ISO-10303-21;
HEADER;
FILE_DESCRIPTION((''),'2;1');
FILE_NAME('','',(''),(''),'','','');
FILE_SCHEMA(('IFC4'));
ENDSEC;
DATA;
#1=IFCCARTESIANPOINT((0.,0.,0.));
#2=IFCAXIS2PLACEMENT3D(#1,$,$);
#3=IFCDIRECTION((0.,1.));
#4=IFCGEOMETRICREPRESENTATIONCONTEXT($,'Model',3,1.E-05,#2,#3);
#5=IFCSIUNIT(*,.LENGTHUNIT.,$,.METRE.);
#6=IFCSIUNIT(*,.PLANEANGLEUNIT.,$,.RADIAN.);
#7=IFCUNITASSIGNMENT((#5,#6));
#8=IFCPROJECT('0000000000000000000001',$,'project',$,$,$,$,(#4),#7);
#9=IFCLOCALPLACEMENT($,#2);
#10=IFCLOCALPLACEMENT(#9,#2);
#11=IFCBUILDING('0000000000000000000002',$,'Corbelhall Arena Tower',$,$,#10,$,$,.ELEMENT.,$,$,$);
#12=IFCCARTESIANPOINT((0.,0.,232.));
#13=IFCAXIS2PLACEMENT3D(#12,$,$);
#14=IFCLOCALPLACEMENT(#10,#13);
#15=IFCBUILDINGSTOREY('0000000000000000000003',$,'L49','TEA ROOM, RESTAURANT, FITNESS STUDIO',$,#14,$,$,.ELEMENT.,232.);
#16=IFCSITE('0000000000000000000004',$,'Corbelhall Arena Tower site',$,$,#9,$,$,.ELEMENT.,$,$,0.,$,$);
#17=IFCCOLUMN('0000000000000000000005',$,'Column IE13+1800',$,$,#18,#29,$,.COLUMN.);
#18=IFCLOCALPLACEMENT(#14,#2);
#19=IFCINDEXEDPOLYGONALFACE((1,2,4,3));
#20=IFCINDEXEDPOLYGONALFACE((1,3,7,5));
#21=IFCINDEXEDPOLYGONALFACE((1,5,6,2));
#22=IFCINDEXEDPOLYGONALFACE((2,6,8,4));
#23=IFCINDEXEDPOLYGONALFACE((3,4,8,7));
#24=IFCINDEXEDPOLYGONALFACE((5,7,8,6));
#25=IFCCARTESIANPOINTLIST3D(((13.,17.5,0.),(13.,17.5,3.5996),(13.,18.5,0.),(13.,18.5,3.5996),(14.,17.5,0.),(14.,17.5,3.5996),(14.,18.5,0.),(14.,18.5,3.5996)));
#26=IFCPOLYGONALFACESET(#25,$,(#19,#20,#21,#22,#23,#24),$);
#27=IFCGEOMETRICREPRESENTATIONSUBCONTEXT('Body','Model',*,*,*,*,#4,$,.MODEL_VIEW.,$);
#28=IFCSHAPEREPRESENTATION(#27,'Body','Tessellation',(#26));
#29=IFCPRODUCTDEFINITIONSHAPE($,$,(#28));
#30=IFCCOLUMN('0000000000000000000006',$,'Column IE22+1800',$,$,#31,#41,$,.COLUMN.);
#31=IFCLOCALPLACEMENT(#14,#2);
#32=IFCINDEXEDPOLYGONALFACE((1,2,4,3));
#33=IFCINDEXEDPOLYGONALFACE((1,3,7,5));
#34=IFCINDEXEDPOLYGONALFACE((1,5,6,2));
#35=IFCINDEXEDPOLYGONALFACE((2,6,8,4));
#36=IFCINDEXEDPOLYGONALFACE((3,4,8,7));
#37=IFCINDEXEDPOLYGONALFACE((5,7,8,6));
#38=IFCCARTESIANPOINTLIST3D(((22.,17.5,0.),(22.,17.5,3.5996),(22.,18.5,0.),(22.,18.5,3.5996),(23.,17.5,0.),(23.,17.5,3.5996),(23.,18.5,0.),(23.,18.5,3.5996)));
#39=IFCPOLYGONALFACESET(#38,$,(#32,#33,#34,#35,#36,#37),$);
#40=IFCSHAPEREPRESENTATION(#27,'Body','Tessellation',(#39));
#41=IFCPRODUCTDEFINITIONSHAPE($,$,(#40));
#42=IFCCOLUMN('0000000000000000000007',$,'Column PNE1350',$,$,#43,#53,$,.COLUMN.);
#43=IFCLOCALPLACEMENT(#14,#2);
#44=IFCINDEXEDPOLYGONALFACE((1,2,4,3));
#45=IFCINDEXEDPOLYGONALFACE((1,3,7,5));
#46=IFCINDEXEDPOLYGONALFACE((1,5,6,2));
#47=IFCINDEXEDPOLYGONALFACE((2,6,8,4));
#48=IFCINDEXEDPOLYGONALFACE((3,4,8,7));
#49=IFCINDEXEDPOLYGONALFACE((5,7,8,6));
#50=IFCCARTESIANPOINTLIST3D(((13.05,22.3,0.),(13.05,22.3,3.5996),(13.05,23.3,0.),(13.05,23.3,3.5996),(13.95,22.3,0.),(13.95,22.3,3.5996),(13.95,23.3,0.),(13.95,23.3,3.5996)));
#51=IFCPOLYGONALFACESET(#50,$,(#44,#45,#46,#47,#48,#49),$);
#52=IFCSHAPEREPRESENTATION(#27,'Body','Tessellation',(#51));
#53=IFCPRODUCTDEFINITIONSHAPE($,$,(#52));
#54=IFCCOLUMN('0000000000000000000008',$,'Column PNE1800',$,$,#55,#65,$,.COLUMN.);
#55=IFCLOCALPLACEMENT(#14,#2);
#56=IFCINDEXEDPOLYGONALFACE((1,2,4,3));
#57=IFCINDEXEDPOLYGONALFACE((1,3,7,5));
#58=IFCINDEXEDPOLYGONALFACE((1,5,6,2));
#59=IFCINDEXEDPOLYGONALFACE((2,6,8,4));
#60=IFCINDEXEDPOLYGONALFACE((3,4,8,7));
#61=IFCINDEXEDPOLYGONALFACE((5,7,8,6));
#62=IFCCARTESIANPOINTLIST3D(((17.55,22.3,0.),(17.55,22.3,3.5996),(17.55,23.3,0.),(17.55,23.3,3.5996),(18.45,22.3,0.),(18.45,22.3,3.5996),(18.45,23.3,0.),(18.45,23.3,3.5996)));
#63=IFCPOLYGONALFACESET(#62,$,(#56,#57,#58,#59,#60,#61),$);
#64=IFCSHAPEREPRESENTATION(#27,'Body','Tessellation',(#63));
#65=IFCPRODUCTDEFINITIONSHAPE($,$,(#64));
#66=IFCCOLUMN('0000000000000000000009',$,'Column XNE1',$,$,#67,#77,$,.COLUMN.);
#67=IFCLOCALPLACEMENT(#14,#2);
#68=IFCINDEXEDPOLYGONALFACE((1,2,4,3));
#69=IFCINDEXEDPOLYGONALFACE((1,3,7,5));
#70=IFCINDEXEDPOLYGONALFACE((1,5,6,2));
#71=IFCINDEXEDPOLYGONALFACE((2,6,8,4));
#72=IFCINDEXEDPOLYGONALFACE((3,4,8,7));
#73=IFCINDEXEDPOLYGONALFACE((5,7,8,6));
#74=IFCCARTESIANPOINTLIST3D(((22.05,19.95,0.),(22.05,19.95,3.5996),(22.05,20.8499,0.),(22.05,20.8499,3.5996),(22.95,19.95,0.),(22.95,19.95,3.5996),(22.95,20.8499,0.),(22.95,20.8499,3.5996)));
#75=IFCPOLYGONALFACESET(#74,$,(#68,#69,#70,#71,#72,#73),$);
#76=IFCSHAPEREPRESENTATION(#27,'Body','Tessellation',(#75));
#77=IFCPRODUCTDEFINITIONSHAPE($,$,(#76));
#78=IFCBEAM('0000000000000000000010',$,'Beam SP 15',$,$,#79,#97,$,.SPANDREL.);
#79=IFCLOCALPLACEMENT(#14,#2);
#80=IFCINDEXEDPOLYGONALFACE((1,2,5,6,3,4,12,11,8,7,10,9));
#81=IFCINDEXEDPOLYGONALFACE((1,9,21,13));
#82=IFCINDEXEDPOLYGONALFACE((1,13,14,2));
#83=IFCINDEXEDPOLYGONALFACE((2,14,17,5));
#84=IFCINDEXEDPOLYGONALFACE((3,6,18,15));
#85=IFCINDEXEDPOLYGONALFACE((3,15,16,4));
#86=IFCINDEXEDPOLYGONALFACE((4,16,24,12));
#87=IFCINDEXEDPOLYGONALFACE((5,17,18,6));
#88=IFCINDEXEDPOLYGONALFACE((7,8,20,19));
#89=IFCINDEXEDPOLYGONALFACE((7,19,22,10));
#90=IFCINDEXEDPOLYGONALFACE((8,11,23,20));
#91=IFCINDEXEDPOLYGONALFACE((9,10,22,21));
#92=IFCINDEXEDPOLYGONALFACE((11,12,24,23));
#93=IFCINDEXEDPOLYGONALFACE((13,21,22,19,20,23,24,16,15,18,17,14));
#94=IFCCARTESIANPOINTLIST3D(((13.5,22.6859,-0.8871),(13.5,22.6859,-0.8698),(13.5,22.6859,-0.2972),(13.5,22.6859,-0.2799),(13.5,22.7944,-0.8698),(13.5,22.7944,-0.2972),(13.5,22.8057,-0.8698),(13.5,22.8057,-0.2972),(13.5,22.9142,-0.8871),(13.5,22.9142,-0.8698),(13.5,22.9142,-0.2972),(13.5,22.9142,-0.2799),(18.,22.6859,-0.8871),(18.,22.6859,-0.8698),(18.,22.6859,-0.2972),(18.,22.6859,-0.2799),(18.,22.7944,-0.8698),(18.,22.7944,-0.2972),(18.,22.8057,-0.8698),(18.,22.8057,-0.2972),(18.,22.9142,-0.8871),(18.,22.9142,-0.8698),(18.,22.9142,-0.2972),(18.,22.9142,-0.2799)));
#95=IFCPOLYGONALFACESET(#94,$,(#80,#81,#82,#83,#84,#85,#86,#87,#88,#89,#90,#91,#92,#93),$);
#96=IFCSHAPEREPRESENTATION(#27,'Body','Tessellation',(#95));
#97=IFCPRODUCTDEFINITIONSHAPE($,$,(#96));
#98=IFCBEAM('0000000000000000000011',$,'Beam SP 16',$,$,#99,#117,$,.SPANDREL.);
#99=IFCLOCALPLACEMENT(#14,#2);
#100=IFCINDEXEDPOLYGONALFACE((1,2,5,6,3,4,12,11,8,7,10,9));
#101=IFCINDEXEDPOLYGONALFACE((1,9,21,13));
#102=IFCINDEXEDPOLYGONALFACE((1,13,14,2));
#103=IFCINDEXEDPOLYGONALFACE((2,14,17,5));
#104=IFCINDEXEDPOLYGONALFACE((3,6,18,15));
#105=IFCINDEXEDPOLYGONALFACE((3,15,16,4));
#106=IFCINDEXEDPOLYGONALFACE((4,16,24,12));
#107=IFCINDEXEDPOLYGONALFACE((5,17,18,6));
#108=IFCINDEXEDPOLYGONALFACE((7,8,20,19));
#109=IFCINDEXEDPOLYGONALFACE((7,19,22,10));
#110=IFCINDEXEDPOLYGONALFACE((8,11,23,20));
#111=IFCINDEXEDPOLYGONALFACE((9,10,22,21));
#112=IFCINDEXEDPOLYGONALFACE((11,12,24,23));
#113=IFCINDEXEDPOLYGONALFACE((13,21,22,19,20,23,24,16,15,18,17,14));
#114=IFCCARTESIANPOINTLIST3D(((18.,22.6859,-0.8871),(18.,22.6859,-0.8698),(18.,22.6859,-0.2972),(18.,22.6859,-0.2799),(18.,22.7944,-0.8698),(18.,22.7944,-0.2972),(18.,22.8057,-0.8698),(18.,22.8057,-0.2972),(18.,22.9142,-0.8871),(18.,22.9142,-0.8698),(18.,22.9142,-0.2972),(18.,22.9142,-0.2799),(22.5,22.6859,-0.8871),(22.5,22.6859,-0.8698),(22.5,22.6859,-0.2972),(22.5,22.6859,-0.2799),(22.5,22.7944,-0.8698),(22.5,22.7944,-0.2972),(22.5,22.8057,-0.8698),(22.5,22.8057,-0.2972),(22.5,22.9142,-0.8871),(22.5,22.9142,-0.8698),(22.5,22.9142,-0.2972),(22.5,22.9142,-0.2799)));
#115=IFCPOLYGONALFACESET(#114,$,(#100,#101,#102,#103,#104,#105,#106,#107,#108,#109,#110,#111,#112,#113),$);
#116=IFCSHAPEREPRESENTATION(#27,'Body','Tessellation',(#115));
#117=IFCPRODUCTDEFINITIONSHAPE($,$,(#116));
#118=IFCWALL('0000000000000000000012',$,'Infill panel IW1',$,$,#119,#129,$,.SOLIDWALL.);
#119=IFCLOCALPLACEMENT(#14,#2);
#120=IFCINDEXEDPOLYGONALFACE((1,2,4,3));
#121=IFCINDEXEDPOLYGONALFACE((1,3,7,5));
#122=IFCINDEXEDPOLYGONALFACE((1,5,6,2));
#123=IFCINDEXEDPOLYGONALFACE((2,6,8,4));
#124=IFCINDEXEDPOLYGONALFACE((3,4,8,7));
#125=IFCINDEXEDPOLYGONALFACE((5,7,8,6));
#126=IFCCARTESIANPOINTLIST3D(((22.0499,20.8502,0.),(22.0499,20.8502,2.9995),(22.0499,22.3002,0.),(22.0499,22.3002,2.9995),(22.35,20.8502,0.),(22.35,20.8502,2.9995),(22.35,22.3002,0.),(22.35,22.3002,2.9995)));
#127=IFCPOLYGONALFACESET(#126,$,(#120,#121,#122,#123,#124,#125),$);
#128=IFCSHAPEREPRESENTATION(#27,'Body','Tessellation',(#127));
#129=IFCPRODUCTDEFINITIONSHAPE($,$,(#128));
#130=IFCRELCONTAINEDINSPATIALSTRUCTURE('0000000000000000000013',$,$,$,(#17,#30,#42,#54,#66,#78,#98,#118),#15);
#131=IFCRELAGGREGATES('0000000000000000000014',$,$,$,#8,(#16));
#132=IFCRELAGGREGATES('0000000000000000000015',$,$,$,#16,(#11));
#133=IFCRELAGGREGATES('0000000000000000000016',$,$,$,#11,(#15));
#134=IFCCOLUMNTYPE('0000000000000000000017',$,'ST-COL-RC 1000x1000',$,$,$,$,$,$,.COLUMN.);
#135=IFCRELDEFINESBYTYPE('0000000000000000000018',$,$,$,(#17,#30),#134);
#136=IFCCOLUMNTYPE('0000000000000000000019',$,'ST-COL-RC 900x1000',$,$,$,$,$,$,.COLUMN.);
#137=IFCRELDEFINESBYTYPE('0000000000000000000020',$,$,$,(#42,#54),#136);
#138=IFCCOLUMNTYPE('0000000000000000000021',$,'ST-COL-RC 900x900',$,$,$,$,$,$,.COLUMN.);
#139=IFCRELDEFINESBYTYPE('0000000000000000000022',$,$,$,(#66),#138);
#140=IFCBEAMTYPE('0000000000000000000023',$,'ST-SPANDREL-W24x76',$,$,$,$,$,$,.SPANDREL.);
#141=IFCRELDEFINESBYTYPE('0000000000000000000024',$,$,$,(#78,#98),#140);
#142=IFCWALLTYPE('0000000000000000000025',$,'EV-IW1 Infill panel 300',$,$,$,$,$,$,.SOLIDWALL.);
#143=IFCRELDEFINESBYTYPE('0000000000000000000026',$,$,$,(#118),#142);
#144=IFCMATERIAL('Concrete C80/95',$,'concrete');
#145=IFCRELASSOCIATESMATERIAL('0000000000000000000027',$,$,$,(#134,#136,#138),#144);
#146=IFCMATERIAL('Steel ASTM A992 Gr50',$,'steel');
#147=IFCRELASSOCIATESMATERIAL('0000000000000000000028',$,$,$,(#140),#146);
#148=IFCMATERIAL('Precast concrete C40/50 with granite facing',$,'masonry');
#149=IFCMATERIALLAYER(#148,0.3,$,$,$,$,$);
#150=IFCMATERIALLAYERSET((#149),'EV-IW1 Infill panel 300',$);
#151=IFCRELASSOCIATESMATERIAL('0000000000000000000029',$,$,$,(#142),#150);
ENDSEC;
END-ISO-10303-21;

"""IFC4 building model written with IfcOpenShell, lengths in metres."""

from ifc_helpers import new_model, si_unit, direction, frame, frame_2d, origin, origin_2d, place, context, subcontext, project, spatial, rectangle, i_section, extrude, material, layer, layer_set, material_profile, profile_set, type_object, element, save


model = new_model("IFC4")

# Units and contexts
model_context = context("Model", 3, precision=1e-05, world=origin(), true_north=direction((0.0, 1.0)))
body_context = subcontext(model_context, "Body", "Model", "MODEL_VIEW")
ifc_project = project(units=[si_unit("LENGTHUNIT", "METRE"), si_unit("PLANEANGLEUNIT", "RADIAN")], contexts=[model_context])

# Site, building, storey
site_placement = place(None, origin())
site = spatial("IfcSite", under=ifc_project, at=site_placement, Name="Corbelhall Arena Tower site", CompositionType="ELEMENT", RefElevation=0.0)
building_placement = place(site_placement, origin())
building = spatial("IfcBuilding", under=site, at=building_placement, Name="Corbelhall Arena Tower", CompositionType="ELEMENT")
storey_placement = place(building_placement, frame((0.0, 0.0, 232.0)))
storey = spatial("IfcBuildingStorey", under=building, at=storey_placement, Name="L49", Description="TEA ROOM, RESTAURANT, FITNESS STUDIO", CompositionType="ELEMENT", Elevation=232.0)

# Columns
ifc_material_1 = material(Name="Concrete C80/95", Category="concrete")
ifc_material_profile_1 = material_profile(ifc_material_1, rectangle(XDim=1.0, YDim=1.0, at=origin_2d()))
ifc_profile_set_1 = profile_set([ifc_material_profile_1], Name="Concrete C80/95")
column_type_1 = type_object("IfcColumnType", Name="ST-COL-RC 1000x1000", PredefinedType="COLUMN", material=ifc_profile_set_1)
for number, where, z_axis, x_axis, name in (
    (1, (13.5, 18.0, 0.0), (0.0, 0.0, 1.0), (1.0, 0.0, 0.0), "Column IE13+1800"),
    (2, (22.5, 18.0, 0.0), (0.0, 0.0, 1.0), (1.0, 0.0, 0.0), "Column IE22+1800"),
):
    element("IfcColumn", number, at=place(storey_placement, frame(where, z_axis=z_axis, x_axis=x_axis)), inside=storey, type_object=column_type_1, Name=name, PredefinedType="COLUMN", context=body_context, shape_type="SweptSolid", body=[
        extrude(rectangle(XDim=1.0, YDim=1.0, at=origin_2d()), origin(), (0.0, 0.0, 1.0), 3.5996),
    ])
ifc_material_profile_2 = material_profile(ifc_material_1, rectangle(XDim=0.8999, YDim=1.0, at=origin_2d()))
ifc_profile_set_2 = profile_set([ifc_material_profile_2], Name="Concrete C80/95")
column_type_2 = type_object("IfcColumnType", Name="ST-COL-RC 900x1000", PredefinedType="COLUMN", material=ifc_profile_set_2)
for number, where, z_axis, x_axis, name in (
    (3, (13.5, 22.8, 0.0), (0.0, 0.0, 1.0), (1.0, 0.0, 0.0), "Column PNE1350"),
    (4, (18.0, 22.8, 0.0), (0.0, 0.0, 1.0), (1.0, 0.0, 0.0), "Column PNE1800"),
):
    element("IfcColumn", number, at=place(storey_placement, frame(where, z_axis=z_axis, x_axis=x_axis)), inside=storey, type_object=column_type_2, Name=name, PredefinedType="COLUMN", context=body_context, shape_type="SweptSolid", body=[
        extrude(rectangle(XDim=0.8999, YDim=1.0, at=origin_2d()), origin(), (0.0, 0.0, 1.0), 3.5996),
    ])
ifc_material_profile_3 = material_profile(ifc_material_1, rectangle(XDim=0.8999, YDim=0.8999, at=origin_2d()))
ifc_profile_set_3 = profile_set([ifc_material_profile_3], Name="Concrete C80/95")
column_type_3 = type_object("IfcColumnType", Name="ST-COL-RC 900x900", PredefinedType="COLUMN", material=ifc_profile_set_3)
column_placement = place(storey_placement, frame((22.5, 20.3999, 0.0), z_axis=(0.0, 0.0, 1.0), x_axis=(1.0, 0.0, 0.0)))
element("IfcColumn", 5, at=column_placement, inside=storey, type_object=column_type_3, Name="Column XNE1", PredefinedType="COLUMN", context=body_context, shape_type="SweptSolid", body=[
    extrude(rectangle(XDim=0.8999, YDim=0.8999, at=origin_2d()), origin(), (0.0, 0.0, 1.0), 3.5996),
])

# Beams
ifc_material_2 = material(Name="Steel ASTM A992 Gr50", Category="steel")
ifc_material_profile_4 = material_profile(ifc_material_2, i_section(OverallWidth=0.2283, OverallDepth=0.6072, WebThickness=0.0112, FlangeThickness=0.0173, at=origin_2d()))
ifc_profile_set_4 = profile_set([ifc_material_profile_4], Name="Steel ASTM A992 Gr50")
beam_type = type_object("IfcBeamType", Name="ST-SPANDREL-W24x76", PredefinedType="SPANDREL", material=ifc_profile_set_4)
for number, where, z_axis, x_axis, name in (
    (6, (13.5, 22.8, -0.5835), (1.0, 0.0, 0.0), (0.0, 1.0, 0.0), "Beam SP 15"),
    (7, (18.0, 22.8, -0.5835), (1.0, 0.0, 0.0), (0.0, 1.0, 0.0), "Beam SP 16"),
):
    element("IfcBeam", number, at=place(storey_placement, frame(where, z_axis=z_axis, x_axis=x_axis)), inside=storey, type_object=beam_type, Name=name, PredefinedType="SPANDREL", context=body_context, shape_type="SweptSolid", body=[
        extrude(i_section(OverallWidth=0.2283, OverallDepth=0.6072, WebThickness=0.0112, FlangeThickness=0.0173, at=origin_2d()), origin(), (0.0, 0.0, 1.0), 4.5),
    ])

# Wall
ifc_material_3 = material(Name="Precast concrete C40/50 with granite facing", Category="masonry")
ifc_layer_1 = layer(ifc_material_3, 0.3)
ifc_layer_set_1 = layer_set([ifc_layer_1], Name="EV-IW1 Infill panel 300")
wall_type_1 = type_object("IfcWallType", Name="EV-IW1 Infill panel 300", PredefinedType="SOLIDWALL", material=ifc_layer_set_1)
wall_1_placement = place(storey_placement, frame((22.2, 20.8501, 0.0), z_axis=(0.0, 0.0, 1.0), x_axis=(0.0, 1.0, 0.0)))
element("IfcWall", 8, at=wall_1_placement, inside=storey, type_object=wall_type_1, Name="Infill panel IW1", PredefinedType="SOLIDWALL", context=body_context, shape_type="SweptSolid", body=[
    extrude(rectangle(XDim=1.45, YDim=0.3, at=frame_2d((0.7251, 0.0))), origin(), (0.0, 0.0, 1.0), 2.9995),
])

save(model, "model.ifc")
